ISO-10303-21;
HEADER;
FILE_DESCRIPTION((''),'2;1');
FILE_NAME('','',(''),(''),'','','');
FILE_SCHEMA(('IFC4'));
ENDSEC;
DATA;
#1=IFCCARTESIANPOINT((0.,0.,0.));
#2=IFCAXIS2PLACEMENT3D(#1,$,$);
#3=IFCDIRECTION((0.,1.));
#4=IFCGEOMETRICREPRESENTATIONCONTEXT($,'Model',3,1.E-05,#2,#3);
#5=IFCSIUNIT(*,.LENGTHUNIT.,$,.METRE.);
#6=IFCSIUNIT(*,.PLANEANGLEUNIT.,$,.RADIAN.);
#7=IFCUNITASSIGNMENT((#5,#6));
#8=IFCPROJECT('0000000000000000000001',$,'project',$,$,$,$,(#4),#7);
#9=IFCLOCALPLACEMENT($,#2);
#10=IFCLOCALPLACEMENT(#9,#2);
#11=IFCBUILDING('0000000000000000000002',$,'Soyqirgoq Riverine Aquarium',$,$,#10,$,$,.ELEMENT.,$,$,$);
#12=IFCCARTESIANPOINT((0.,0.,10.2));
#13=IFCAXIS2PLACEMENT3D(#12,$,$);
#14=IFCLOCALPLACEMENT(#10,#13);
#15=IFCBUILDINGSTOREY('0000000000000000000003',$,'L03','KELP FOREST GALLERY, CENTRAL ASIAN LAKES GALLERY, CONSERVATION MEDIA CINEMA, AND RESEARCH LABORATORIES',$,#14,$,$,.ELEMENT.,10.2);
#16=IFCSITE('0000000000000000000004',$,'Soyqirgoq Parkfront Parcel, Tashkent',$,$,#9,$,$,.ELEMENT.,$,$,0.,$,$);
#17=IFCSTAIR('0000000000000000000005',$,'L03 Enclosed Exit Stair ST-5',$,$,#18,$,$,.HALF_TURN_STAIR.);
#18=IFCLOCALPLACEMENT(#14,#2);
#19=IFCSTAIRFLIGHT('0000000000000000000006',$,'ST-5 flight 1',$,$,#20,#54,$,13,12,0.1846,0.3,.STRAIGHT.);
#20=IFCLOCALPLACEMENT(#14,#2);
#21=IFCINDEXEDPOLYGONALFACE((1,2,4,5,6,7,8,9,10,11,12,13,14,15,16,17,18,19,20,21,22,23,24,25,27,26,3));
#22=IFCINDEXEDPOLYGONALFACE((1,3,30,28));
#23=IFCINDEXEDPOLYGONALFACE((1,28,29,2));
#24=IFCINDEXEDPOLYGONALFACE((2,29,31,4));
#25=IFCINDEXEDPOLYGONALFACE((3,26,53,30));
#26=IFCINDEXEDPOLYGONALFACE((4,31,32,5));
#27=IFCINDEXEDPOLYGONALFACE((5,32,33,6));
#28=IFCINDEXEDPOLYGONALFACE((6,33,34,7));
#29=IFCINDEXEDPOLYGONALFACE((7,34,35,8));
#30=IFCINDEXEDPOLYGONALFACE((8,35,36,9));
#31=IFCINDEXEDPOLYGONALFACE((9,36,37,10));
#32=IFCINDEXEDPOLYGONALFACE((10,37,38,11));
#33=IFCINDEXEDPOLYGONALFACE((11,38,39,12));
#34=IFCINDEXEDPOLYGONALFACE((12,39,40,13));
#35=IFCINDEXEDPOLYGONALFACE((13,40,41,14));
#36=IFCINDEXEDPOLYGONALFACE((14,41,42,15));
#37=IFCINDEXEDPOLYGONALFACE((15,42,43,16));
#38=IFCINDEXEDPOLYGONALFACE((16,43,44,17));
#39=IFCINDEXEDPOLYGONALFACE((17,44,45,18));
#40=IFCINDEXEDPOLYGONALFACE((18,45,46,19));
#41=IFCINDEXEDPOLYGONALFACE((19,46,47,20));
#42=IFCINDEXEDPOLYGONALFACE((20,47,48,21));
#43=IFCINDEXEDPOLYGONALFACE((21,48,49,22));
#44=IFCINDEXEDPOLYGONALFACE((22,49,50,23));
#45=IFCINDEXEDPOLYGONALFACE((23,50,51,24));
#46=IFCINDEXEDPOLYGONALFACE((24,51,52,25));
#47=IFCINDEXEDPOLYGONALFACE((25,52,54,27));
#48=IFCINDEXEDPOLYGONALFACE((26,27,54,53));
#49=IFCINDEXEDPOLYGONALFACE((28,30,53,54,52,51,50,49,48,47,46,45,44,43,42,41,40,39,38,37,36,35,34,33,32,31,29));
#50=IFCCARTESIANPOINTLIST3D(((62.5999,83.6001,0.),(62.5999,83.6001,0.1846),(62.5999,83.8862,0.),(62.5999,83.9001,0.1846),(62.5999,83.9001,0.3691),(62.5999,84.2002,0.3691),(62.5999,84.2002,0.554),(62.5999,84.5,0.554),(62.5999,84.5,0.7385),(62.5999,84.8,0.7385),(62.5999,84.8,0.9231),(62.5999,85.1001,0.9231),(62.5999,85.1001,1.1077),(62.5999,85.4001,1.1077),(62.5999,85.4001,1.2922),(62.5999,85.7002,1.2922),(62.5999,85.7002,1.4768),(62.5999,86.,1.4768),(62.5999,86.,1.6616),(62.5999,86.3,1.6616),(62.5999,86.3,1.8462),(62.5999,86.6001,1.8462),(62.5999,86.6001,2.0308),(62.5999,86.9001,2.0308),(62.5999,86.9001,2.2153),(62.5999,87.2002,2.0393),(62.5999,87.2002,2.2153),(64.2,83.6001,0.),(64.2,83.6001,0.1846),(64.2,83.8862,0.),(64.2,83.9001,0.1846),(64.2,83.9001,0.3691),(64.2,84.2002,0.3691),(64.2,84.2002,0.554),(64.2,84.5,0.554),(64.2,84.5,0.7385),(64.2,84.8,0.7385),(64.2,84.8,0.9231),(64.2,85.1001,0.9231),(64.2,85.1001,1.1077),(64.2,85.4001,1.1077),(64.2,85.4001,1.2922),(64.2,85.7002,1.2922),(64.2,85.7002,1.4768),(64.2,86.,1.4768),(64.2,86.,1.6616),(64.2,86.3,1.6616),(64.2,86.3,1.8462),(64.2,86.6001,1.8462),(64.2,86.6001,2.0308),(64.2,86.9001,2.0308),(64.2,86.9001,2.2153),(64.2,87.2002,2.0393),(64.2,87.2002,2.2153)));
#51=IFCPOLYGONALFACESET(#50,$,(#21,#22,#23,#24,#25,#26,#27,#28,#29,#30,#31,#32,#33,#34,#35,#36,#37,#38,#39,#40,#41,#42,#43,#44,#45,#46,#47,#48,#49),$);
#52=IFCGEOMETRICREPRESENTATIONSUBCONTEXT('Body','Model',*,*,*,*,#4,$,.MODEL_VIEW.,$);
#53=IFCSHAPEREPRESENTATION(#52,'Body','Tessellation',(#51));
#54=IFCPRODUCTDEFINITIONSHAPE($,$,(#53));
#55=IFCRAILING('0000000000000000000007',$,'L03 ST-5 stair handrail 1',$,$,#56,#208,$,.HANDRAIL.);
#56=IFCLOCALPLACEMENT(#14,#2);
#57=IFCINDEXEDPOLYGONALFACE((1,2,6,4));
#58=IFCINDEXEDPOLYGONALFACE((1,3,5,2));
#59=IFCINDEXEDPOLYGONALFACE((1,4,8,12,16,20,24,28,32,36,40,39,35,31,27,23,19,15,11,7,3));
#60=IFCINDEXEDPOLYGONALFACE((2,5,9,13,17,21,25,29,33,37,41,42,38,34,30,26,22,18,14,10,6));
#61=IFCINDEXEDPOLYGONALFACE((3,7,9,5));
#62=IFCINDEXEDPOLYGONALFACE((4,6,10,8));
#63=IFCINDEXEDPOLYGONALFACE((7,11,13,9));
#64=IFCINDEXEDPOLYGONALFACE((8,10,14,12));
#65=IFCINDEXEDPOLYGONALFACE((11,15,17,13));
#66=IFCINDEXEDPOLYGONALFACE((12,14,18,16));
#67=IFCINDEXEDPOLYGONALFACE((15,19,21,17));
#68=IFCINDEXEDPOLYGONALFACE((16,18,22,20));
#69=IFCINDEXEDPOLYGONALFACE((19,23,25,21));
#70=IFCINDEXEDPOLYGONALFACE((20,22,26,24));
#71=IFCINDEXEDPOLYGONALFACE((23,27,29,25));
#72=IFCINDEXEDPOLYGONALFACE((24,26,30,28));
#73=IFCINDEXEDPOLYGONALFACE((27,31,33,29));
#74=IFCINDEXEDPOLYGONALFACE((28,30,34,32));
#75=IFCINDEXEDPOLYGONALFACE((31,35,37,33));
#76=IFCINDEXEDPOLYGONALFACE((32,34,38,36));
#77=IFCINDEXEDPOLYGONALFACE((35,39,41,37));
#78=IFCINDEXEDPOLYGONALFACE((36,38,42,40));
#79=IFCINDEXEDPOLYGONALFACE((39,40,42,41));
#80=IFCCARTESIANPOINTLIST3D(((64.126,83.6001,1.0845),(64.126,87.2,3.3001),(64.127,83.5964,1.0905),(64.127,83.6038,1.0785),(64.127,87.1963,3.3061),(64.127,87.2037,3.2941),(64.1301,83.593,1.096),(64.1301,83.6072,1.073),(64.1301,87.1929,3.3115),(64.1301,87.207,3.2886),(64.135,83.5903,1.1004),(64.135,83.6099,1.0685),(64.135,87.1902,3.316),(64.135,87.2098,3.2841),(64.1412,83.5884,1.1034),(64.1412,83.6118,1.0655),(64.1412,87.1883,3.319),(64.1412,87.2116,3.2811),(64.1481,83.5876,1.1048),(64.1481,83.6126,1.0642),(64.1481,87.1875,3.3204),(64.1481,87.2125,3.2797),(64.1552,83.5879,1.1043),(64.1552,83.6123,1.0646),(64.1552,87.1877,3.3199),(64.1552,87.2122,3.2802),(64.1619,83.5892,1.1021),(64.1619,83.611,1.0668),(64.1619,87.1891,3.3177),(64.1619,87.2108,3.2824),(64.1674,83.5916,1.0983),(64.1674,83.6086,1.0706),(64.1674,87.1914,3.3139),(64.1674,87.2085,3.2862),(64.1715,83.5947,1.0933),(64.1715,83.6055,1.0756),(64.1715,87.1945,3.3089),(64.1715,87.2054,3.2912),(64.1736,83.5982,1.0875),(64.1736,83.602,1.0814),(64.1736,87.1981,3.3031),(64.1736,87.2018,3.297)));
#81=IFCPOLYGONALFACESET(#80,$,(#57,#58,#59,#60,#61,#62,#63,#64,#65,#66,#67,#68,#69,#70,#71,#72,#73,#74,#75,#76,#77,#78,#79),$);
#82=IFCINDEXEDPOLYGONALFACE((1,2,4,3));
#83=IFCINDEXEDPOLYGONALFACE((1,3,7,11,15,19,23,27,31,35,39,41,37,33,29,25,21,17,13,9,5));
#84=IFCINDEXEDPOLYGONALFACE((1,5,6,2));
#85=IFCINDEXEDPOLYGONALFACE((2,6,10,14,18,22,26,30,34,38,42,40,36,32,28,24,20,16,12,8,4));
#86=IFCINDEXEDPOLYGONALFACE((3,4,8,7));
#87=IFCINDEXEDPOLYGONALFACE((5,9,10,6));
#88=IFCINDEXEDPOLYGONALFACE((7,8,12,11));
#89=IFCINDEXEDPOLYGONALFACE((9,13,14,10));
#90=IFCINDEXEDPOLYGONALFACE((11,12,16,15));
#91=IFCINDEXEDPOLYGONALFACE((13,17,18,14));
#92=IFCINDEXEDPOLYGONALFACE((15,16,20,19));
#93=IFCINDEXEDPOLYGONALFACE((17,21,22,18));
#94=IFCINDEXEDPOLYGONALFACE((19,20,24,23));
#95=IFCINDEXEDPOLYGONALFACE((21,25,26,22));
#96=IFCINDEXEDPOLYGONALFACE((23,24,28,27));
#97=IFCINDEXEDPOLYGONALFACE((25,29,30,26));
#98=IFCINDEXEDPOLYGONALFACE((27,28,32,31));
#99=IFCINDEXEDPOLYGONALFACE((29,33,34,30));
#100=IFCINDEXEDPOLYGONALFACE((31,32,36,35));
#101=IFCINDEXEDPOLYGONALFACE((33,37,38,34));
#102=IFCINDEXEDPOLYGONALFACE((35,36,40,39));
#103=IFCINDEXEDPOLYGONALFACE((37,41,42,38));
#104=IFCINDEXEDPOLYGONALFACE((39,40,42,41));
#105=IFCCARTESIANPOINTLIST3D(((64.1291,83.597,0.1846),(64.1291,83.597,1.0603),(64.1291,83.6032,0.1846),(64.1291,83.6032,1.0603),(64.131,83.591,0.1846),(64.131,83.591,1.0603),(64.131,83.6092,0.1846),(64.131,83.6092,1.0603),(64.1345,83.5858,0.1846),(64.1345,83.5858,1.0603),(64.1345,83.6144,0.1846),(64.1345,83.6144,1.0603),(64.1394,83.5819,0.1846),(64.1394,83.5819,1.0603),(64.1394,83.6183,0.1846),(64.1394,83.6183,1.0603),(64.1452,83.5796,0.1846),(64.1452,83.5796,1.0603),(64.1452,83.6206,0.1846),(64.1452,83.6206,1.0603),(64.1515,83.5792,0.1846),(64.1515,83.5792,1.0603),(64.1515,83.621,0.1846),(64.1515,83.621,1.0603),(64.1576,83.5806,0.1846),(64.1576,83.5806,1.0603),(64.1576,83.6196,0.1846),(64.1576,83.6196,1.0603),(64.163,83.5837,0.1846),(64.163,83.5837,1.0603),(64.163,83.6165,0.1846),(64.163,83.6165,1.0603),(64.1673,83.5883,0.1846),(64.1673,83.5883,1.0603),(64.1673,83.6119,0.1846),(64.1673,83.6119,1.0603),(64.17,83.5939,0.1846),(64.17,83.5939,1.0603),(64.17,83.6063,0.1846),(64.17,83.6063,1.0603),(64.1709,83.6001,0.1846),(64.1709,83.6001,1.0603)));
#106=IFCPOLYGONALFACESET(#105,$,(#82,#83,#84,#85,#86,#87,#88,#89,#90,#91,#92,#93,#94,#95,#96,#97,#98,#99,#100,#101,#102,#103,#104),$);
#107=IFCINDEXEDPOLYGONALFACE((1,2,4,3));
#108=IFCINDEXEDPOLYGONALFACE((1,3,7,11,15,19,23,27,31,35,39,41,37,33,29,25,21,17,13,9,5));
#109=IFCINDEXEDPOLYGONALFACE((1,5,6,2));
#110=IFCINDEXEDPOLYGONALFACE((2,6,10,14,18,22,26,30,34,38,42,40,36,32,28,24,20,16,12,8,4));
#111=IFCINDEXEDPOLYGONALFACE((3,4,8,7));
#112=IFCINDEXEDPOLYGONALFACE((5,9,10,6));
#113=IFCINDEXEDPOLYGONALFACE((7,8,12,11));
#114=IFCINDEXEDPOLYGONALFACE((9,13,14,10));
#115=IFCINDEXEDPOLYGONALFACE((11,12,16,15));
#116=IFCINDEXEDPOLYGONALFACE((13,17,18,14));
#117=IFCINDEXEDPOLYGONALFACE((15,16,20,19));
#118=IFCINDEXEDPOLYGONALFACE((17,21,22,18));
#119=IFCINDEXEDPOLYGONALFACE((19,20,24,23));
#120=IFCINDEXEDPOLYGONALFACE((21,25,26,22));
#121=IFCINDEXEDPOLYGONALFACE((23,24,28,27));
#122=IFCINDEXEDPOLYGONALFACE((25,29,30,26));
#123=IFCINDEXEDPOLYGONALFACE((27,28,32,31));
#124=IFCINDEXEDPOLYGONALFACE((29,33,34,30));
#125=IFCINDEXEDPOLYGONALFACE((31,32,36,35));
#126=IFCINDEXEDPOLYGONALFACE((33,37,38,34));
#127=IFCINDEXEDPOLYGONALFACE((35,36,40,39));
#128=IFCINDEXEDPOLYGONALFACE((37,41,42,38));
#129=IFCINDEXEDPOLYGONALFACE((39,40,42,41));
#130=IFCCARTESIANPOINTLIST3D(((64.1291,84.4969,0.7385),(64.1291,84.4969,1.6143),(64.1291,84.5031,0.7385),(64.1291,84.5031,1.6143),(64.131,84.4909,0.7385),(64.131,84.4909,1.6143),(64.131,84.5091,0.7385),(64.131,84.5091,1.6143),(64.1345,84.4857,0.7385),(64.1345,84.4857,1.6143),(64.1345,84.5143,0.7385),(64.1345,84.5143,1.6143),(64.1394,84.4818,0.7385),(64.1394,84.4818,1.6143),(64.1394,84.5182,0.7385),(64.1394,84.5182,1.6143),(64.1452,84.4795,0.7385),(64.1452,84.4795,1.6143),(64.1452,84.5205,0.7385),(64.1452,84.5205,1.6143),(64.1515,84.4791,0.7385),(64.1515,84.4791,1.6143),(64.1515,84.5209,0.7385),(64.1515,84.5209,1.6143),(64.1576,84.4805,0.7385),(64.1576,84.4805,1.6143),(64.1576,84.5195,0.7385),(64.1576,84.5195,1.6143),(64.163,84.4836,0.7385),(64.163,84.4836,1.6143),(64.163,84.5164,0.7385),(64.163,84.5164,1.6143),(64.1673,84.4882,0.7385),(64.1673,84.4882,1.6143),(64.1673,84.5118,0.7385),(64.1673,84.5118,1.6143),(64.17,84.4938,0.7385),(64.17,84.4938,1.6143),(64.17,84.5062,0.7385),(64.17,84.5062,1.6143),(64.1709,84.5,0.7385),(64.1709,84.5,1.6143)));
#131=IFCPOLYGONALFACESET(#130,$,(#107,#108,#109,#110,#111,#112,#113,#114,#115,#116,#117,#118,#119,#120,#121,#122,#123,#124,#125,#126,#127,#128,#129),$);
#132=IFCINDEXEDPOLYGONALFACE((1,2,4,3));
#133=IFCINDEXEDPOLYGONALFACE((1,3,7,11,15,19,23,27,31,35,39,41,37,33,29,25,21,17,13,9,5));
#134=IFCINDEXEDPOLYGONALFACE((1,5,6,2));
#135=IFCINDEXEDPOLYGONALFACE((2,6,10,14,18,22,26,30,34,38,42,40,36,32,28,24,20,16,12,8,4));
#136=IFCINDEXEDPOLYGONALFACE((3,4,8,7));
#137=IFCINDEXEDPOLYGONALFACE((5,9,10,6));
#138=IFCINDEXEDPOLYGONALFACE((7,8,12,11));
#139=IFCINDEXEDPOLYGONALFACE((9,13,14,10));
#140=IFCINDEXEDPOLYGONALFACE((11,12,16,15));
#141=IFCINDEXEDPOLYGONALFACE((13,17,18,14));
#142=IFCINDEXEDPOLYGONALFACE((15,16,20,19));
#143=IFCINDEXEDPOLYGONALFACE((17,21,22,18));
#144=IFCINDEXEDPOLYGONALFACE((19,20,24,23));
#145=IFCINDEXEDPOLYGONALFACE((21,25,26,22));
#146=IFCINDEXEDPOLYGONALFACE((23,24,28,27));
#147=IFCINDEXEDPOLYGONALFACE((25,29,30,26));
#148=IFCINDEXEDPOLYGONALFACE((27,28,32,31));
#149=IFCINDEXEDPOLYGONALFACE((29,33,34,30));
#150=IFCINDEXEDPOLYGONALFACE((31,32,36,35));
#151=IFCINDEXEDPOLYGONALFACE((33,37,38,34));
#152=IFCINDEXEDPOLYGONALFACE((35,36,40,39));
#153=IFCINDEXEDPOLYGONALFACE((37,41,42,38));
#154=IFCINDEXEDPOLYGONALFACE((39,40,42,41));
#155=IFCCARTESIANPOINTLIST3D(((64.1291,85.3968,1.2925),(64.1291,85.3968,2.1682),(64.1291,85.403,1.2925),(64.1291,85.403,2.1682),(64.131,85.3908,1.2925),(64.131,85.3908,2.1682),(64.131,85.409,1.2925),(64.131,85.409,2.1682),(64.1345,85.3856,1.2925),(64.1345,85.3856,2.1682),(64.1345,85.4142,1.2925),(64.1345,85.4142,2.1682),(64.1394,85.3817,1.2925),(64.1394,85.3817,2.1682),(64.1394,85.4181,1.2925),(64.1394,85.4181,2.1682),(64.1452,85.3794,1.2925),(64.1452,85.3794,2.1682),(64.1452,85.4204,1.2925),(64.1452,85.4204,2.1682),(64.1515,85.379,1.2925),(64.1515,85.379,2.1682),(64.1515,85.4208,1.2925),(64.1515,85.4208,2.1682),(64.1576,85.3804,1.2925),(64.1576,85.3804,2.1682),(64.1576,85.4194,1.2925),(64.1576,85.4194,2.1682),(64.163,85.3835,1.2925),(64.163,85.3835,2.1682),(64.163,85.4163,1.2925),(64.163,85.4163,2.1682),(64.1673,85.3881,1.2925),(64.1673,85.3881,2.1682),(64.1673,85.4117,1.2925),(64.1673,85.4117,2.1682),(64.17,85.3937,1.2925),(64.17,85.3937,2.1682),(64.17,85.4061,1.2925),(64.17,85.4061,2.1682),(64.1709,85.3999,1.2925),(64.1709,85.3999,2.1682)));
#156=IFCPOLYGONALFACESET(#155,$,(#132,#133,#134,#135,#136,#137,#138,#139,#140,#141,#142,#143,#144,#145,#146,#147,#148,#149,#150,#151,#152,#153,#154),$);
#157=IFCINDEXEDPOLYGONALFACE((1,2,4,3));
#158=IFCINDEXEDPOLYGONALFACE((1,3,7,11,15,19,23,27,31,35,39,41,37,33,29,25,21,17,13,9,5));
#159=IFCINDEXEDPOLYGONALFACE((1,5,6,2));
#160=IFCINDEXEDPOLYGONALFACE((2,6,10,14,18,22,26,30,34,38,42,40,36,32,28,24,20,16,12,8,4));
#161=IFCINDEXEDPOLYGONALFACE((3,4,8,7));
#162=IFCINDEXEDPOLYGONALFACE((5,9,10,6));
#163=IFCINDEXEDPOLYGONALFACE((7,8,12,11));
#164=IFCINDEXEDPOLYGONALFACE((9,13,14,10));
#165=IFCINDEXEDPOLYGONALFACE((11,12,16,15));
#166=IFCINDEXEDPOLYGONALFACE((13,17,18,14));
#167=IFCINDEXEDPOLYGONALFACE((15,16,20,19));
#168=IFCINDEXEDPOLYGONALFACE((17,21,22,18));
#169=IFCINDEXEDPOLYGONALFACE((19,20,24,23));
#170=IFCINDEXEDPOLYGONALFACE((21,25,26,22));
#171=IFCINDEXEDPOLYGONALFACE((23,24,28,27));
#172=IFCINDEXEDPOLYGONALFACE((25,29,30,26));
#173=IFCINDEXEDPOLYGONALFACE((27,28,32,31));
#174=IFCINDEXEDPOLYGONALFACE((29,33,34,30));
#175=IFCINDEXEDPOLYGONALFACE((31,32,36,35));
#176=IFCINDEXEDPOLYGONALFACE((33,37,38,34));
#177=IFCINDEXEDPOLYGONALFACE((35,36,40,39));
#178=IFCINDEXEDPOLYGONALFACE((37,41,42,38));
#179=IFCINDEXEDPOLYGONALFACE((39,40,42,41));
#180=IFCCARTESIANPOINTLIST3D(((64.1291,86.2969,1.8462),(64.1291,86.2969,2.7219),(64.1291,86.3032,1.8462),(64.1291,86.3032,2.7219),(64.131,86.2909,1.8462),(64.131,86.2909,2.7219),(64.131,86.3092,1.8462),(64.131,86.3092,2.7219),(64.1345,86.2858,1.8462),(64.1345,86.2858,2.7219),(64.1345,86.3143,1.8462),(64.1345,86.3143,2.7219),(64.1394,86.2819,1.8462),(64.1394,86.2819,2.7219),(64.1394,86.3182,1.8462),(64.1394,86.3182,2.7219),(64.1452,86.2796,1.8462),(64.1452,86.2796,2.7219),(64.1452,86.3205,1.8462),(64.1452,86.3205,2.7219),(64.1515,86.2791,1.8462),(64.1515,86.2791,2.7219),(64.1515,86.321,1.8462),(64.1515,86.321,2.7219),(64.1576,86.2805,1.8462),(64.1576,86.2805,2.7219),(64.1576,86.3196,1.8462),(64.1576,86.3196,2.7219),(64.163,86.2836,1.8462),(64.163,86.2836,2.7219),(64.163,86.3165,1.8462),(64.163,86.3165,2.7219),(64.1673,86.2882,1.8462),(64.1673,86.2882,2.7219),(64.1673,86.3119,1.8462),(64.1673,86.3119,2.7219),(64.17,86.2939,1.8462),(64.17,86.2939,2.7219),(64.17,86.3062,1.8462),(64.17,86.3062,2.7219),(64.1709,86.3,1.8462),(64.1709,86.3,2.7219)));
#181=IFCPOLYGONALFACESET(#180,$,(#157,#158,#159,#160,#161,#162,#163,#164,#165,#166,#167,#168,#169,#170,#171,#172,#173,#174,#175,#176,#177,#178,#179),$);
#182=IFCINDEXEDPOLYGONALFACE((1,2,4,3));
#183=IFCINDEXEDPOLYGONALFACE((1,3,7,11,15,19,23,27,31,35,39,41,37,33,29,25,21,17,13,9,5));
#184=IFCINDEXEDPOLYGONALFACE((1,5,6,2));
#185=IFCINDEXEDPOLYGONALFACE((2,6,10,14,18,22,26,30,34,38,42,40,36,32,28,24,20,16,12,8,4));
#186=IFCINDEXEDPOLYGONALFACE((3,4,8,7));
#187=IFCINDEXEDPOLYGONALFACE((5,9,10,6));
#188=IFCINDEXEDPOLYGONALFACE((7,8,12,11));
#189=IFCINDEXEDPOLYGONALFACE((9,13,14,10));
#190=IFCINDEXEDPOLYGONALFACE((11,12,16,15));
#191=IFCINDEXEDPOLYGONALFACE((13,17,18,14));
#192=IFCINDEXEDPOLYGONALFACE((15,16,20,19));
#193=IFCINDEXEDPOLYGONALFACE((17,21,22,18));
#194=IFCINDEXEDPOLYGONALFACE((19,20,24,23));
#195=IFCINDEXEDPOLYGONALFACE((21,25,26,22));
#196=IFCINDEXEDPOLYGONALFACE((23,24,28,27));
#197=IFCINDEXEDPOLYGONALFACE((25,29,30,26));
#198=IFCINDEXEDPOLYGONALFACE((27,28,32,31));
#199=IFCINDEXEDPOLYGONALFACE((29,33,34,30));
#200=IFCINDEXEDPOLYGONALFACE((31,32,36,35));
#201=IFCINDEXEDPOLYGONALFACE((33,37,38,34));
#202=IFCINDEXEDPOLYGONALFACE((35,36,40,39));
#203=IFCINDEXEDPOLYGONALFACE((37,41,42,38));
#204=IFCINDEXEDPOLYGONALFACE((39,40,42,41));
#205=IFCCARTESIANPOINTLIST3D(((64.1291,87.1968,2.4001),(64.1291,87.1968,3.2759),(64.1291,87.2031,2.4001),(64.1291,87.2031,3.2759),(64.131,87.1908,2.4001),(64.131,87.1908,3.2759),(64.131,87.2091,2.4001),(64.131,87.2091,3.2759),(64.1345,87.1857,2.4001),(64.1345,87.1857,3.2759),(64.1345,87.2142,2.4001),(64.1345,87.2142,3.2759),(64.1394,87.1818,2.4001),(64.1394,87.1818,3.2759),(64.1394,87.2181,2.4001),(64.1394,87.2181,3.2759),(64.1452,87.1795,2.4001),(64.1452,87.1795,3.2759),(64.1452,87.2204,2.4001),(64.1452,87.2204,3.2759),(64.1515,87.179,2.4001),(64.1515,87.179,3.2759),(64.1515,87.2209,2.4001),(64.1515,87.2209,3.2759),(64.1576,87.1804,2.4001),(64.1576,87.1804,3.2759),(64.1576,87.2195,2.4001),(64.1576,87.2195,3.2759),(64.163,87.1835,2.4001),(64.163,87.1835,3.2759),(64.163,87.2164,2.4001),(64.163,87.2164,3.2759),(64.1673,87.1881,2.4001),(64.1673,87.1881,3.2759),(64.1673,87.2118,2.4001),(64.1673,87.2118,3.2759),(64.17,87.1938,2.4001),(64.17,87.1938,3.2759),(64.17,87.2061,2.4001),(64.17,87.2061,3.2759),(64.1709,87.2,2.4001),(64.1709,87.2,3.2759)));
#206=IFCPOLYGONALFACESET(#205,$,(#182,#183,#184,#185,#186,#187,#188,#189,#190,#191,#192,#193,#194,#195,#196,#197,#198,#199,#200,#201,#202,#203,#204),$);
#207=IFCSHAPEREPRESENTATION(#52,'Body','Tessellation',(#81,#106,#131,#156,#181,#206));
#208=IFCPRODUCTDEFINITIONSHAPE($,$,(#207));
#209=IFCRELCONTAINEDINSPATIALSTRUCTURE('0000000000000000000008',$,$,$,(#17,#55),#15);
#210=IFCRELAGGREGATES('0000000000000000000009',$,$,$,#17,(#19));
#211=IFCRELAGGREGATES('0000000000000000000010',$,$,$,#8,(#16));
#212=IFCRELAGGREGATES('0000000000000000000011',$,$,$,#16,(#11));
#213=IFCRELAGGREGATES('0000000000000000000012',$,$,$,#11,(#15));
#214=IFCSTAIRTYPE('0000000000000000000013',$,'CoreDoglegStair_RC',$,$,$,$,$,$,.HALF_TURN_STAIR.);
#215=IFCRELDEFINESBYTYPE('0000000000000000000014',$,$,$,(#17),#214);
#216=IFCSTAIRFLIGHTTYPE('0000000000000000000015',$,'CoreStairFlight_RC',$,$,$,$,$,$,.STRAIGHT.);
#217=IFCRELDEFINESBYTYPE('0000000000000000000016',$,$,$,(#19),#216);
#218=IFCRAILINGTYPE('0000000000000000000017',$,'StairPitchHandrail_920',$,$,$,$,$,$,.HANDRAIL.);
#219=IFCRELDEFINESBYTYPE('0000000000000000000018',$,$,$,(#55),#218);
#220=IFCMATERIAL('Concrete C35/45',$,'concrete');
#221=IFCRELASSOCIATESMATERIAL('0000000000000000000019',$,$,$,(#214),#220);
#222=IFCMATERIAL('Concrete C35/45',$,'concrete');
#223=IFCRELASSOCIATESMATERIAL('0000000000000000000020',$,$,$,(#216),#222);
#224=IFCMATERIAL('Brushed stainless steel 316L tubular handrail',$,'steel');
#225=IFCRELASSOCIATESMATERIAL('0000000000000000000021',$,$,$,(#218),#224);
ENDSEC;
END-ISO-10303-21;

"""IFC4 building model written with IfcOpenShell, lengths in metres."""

from ifc_helpers import new_model, si_unit, direction, frame, origin, origin_2d, place, context, subcontext, project, spatial, polyline, circle, outline, extrude, material, type_object, element, aggregate, save


model = new_model("IFC4")

# Units and contexts
model_context = context("Model", 3, precision=1e-05, world=origin(), true_north=direction((0.0, 1.0)))
body_context = subcontext(model_context, "Body", "Model", "MODEL_VIEW")
ifc_project = project(units=[si_unit("LENGTHUNIT", "METRE"), si_unit("PLANEANGLEUNIT", "RADIAN")], contexts=[model_context])

# Site, building, storey
site_placement = place(None, origin())
site = spatial("IfcSite", under=ifc_project, at=site_placement, Name="Soyqirgoq Parkfront Parcel, Tashkent", CompositionType="ELEMENT", RefElevation=0.0)
building_placement = place(site_placement, origin())
building = spatial("IfcBuilding", under=site, at=building_placement, Name="Soyqirgoq Riverine Aquarium", CompositionType="ELEMENT")
storey_placement = place(building_placement, frame((0.0, 0.0, 10.2)))
storey = spatial("IfcBuildingStorey", under=building, at=storey_placement, Name="L03", Description="KELP FOREST GALLERY, CENTRAL ASIAN LAKES GALLERY, CONSERVATION MEDIA CINEMA, AND RESEARCH LABORATORIES", CompositionType="ELEMENT", Elevation=10.2)

# Stair, stair flight
ifc_material_1 = material(Name="Concrete C35/45", Category="concrete")
stair_type = type_object("IfcStairType", Name="CoreDoglegStair_RC", PredefinedType="HALF_TURN_STAIR", material=ifc_material_1)
stair_placement = place(storey_placement, origin())
stair = element("IfcStair", 1, at=stair_placement, inside=storey, type_object=stair_type, Name="L03 Enclosed Exit Stair ST-5", PredefinedType="HALF_TURN_STAIR")
ifc_material_2 = material(Name="Concrete C35/45", Category="concrete")
stair_flight_type = type_object("IfcStairFlightType", Name="CoreStairFlight_RC", PredefinedType="STRAIGHT", material=ifc_material_2)
stair_flight_placement = place(storey_placement, frame((63.3999, 83.6001, 0.0), z_axis=(0.0, 0.0, 1.0), x_axis=(0.0, 1.0, 0.0)))
stair_flight = element("IfcStairFlight", 2, at=stair_flight_placement, type_object=stair_flight_type, Name="ST-5 flight 1", NumberOfRisers=13, NumberOfTreads=12, PredefinedType="STRAIGHT", RiserHeight=0.1846, TreadLength=0.3, context=body_context, shape_type="SweptSolid", body=[
    extrude(outline(polyline([(0.0, 0.0), (0.0, 0.1846), (0.3, 0.1846), (0.3, 0.3691), (0.6001, 0.3691), (0.6001, 0.554), (0.8999, 0.554), (0.8999, 0.7385), (1.2, 0.7385), (1.2, 0.9231), (1.5, 0.9231), (1.5, 1.1077), (1.8, 1.1077), (1.8, 1.2922), (2.1001, 1.2922), (2.1001, 1.4768), (2.3999, 1.4768), (2.3999, 1.6616), (2.7, 1.6616), (2.7, 1.8462), (3.0, 1.8462), (3.0, 2.0308), (3.3, 2.0308), (3.3, 2.2153), (3.6001, 2.2153), (3.6001, 2.3999), (3.6001, 2.0393), (0.2861, 0.0), (0.0, 0.0)])), frame((0.0, 0.8, 0.0), z_axis=(0.0, -1.0, 0.0), x_axis=(1.0, 0.0, 0.0)), (0.0, 0.0, 1.0), 1.6001),
])
aggregate(stair, [stair_flight])

# Railing
ifc_material_3 = material(Name="Brushed stainless steel 316L tubular handrail", Category="steel")
railing_type_1 = type_object("IfcRailingType", Name="StairPitchHandrail_920", PredefinedType="HANDRAIL", material=ifc_material_3)
railing_1_placement = place(storey_placement, frame((64.1499, 83.6001, 0.1846)))
element("IfcRailing", 3, at=railing_1_placement, inside=storey, type_object=railing_type_1, Name="L03 ST-5 stair handrail 1", PredefinedType="HANDRAIL", context=body_context, shape_type="SweptSolid", body=[
    extrude(circle(Radius=0.0239, at=origin_2d()), frame((0.0, 0.0, 0.8999), z_axis=(0.0, 0.851629, 0.524146), x_axis=(-1.0, 0.0, 0.0)), (0.0, 0.0, 1.0), 4.2271),
    extrude(circle(Radius=0.021, at=origin_2d()), origin(), (0.0, 0.0, 1.0), 0.8757),
    extrude(circle(Radius=0.021, at=origin_2d()), frame((0.0, 0.8999, 0.554)), (0.0, 0.0, 1.0), 0.8757),
    extrude(circle(Radius=0.021, at=origin_2d()), frame((0.0, 1.7998, 1.1079)), (0.0, 0.0, 1.0), 0.8757),
    extrude(circle(Radius=0.021, at=origin_2d()), frame((0.0, 2.7, 1.6616)), (0.0, 0.0, 1.0), 0.8757),
    extrude(circle(Radius=0.021, at=origin_2d()), frame((0.0, 3.5999, 2.2156)), (0.0, 0.0, 1.0), 0.8757),
])

save(model, "model.ifc")
